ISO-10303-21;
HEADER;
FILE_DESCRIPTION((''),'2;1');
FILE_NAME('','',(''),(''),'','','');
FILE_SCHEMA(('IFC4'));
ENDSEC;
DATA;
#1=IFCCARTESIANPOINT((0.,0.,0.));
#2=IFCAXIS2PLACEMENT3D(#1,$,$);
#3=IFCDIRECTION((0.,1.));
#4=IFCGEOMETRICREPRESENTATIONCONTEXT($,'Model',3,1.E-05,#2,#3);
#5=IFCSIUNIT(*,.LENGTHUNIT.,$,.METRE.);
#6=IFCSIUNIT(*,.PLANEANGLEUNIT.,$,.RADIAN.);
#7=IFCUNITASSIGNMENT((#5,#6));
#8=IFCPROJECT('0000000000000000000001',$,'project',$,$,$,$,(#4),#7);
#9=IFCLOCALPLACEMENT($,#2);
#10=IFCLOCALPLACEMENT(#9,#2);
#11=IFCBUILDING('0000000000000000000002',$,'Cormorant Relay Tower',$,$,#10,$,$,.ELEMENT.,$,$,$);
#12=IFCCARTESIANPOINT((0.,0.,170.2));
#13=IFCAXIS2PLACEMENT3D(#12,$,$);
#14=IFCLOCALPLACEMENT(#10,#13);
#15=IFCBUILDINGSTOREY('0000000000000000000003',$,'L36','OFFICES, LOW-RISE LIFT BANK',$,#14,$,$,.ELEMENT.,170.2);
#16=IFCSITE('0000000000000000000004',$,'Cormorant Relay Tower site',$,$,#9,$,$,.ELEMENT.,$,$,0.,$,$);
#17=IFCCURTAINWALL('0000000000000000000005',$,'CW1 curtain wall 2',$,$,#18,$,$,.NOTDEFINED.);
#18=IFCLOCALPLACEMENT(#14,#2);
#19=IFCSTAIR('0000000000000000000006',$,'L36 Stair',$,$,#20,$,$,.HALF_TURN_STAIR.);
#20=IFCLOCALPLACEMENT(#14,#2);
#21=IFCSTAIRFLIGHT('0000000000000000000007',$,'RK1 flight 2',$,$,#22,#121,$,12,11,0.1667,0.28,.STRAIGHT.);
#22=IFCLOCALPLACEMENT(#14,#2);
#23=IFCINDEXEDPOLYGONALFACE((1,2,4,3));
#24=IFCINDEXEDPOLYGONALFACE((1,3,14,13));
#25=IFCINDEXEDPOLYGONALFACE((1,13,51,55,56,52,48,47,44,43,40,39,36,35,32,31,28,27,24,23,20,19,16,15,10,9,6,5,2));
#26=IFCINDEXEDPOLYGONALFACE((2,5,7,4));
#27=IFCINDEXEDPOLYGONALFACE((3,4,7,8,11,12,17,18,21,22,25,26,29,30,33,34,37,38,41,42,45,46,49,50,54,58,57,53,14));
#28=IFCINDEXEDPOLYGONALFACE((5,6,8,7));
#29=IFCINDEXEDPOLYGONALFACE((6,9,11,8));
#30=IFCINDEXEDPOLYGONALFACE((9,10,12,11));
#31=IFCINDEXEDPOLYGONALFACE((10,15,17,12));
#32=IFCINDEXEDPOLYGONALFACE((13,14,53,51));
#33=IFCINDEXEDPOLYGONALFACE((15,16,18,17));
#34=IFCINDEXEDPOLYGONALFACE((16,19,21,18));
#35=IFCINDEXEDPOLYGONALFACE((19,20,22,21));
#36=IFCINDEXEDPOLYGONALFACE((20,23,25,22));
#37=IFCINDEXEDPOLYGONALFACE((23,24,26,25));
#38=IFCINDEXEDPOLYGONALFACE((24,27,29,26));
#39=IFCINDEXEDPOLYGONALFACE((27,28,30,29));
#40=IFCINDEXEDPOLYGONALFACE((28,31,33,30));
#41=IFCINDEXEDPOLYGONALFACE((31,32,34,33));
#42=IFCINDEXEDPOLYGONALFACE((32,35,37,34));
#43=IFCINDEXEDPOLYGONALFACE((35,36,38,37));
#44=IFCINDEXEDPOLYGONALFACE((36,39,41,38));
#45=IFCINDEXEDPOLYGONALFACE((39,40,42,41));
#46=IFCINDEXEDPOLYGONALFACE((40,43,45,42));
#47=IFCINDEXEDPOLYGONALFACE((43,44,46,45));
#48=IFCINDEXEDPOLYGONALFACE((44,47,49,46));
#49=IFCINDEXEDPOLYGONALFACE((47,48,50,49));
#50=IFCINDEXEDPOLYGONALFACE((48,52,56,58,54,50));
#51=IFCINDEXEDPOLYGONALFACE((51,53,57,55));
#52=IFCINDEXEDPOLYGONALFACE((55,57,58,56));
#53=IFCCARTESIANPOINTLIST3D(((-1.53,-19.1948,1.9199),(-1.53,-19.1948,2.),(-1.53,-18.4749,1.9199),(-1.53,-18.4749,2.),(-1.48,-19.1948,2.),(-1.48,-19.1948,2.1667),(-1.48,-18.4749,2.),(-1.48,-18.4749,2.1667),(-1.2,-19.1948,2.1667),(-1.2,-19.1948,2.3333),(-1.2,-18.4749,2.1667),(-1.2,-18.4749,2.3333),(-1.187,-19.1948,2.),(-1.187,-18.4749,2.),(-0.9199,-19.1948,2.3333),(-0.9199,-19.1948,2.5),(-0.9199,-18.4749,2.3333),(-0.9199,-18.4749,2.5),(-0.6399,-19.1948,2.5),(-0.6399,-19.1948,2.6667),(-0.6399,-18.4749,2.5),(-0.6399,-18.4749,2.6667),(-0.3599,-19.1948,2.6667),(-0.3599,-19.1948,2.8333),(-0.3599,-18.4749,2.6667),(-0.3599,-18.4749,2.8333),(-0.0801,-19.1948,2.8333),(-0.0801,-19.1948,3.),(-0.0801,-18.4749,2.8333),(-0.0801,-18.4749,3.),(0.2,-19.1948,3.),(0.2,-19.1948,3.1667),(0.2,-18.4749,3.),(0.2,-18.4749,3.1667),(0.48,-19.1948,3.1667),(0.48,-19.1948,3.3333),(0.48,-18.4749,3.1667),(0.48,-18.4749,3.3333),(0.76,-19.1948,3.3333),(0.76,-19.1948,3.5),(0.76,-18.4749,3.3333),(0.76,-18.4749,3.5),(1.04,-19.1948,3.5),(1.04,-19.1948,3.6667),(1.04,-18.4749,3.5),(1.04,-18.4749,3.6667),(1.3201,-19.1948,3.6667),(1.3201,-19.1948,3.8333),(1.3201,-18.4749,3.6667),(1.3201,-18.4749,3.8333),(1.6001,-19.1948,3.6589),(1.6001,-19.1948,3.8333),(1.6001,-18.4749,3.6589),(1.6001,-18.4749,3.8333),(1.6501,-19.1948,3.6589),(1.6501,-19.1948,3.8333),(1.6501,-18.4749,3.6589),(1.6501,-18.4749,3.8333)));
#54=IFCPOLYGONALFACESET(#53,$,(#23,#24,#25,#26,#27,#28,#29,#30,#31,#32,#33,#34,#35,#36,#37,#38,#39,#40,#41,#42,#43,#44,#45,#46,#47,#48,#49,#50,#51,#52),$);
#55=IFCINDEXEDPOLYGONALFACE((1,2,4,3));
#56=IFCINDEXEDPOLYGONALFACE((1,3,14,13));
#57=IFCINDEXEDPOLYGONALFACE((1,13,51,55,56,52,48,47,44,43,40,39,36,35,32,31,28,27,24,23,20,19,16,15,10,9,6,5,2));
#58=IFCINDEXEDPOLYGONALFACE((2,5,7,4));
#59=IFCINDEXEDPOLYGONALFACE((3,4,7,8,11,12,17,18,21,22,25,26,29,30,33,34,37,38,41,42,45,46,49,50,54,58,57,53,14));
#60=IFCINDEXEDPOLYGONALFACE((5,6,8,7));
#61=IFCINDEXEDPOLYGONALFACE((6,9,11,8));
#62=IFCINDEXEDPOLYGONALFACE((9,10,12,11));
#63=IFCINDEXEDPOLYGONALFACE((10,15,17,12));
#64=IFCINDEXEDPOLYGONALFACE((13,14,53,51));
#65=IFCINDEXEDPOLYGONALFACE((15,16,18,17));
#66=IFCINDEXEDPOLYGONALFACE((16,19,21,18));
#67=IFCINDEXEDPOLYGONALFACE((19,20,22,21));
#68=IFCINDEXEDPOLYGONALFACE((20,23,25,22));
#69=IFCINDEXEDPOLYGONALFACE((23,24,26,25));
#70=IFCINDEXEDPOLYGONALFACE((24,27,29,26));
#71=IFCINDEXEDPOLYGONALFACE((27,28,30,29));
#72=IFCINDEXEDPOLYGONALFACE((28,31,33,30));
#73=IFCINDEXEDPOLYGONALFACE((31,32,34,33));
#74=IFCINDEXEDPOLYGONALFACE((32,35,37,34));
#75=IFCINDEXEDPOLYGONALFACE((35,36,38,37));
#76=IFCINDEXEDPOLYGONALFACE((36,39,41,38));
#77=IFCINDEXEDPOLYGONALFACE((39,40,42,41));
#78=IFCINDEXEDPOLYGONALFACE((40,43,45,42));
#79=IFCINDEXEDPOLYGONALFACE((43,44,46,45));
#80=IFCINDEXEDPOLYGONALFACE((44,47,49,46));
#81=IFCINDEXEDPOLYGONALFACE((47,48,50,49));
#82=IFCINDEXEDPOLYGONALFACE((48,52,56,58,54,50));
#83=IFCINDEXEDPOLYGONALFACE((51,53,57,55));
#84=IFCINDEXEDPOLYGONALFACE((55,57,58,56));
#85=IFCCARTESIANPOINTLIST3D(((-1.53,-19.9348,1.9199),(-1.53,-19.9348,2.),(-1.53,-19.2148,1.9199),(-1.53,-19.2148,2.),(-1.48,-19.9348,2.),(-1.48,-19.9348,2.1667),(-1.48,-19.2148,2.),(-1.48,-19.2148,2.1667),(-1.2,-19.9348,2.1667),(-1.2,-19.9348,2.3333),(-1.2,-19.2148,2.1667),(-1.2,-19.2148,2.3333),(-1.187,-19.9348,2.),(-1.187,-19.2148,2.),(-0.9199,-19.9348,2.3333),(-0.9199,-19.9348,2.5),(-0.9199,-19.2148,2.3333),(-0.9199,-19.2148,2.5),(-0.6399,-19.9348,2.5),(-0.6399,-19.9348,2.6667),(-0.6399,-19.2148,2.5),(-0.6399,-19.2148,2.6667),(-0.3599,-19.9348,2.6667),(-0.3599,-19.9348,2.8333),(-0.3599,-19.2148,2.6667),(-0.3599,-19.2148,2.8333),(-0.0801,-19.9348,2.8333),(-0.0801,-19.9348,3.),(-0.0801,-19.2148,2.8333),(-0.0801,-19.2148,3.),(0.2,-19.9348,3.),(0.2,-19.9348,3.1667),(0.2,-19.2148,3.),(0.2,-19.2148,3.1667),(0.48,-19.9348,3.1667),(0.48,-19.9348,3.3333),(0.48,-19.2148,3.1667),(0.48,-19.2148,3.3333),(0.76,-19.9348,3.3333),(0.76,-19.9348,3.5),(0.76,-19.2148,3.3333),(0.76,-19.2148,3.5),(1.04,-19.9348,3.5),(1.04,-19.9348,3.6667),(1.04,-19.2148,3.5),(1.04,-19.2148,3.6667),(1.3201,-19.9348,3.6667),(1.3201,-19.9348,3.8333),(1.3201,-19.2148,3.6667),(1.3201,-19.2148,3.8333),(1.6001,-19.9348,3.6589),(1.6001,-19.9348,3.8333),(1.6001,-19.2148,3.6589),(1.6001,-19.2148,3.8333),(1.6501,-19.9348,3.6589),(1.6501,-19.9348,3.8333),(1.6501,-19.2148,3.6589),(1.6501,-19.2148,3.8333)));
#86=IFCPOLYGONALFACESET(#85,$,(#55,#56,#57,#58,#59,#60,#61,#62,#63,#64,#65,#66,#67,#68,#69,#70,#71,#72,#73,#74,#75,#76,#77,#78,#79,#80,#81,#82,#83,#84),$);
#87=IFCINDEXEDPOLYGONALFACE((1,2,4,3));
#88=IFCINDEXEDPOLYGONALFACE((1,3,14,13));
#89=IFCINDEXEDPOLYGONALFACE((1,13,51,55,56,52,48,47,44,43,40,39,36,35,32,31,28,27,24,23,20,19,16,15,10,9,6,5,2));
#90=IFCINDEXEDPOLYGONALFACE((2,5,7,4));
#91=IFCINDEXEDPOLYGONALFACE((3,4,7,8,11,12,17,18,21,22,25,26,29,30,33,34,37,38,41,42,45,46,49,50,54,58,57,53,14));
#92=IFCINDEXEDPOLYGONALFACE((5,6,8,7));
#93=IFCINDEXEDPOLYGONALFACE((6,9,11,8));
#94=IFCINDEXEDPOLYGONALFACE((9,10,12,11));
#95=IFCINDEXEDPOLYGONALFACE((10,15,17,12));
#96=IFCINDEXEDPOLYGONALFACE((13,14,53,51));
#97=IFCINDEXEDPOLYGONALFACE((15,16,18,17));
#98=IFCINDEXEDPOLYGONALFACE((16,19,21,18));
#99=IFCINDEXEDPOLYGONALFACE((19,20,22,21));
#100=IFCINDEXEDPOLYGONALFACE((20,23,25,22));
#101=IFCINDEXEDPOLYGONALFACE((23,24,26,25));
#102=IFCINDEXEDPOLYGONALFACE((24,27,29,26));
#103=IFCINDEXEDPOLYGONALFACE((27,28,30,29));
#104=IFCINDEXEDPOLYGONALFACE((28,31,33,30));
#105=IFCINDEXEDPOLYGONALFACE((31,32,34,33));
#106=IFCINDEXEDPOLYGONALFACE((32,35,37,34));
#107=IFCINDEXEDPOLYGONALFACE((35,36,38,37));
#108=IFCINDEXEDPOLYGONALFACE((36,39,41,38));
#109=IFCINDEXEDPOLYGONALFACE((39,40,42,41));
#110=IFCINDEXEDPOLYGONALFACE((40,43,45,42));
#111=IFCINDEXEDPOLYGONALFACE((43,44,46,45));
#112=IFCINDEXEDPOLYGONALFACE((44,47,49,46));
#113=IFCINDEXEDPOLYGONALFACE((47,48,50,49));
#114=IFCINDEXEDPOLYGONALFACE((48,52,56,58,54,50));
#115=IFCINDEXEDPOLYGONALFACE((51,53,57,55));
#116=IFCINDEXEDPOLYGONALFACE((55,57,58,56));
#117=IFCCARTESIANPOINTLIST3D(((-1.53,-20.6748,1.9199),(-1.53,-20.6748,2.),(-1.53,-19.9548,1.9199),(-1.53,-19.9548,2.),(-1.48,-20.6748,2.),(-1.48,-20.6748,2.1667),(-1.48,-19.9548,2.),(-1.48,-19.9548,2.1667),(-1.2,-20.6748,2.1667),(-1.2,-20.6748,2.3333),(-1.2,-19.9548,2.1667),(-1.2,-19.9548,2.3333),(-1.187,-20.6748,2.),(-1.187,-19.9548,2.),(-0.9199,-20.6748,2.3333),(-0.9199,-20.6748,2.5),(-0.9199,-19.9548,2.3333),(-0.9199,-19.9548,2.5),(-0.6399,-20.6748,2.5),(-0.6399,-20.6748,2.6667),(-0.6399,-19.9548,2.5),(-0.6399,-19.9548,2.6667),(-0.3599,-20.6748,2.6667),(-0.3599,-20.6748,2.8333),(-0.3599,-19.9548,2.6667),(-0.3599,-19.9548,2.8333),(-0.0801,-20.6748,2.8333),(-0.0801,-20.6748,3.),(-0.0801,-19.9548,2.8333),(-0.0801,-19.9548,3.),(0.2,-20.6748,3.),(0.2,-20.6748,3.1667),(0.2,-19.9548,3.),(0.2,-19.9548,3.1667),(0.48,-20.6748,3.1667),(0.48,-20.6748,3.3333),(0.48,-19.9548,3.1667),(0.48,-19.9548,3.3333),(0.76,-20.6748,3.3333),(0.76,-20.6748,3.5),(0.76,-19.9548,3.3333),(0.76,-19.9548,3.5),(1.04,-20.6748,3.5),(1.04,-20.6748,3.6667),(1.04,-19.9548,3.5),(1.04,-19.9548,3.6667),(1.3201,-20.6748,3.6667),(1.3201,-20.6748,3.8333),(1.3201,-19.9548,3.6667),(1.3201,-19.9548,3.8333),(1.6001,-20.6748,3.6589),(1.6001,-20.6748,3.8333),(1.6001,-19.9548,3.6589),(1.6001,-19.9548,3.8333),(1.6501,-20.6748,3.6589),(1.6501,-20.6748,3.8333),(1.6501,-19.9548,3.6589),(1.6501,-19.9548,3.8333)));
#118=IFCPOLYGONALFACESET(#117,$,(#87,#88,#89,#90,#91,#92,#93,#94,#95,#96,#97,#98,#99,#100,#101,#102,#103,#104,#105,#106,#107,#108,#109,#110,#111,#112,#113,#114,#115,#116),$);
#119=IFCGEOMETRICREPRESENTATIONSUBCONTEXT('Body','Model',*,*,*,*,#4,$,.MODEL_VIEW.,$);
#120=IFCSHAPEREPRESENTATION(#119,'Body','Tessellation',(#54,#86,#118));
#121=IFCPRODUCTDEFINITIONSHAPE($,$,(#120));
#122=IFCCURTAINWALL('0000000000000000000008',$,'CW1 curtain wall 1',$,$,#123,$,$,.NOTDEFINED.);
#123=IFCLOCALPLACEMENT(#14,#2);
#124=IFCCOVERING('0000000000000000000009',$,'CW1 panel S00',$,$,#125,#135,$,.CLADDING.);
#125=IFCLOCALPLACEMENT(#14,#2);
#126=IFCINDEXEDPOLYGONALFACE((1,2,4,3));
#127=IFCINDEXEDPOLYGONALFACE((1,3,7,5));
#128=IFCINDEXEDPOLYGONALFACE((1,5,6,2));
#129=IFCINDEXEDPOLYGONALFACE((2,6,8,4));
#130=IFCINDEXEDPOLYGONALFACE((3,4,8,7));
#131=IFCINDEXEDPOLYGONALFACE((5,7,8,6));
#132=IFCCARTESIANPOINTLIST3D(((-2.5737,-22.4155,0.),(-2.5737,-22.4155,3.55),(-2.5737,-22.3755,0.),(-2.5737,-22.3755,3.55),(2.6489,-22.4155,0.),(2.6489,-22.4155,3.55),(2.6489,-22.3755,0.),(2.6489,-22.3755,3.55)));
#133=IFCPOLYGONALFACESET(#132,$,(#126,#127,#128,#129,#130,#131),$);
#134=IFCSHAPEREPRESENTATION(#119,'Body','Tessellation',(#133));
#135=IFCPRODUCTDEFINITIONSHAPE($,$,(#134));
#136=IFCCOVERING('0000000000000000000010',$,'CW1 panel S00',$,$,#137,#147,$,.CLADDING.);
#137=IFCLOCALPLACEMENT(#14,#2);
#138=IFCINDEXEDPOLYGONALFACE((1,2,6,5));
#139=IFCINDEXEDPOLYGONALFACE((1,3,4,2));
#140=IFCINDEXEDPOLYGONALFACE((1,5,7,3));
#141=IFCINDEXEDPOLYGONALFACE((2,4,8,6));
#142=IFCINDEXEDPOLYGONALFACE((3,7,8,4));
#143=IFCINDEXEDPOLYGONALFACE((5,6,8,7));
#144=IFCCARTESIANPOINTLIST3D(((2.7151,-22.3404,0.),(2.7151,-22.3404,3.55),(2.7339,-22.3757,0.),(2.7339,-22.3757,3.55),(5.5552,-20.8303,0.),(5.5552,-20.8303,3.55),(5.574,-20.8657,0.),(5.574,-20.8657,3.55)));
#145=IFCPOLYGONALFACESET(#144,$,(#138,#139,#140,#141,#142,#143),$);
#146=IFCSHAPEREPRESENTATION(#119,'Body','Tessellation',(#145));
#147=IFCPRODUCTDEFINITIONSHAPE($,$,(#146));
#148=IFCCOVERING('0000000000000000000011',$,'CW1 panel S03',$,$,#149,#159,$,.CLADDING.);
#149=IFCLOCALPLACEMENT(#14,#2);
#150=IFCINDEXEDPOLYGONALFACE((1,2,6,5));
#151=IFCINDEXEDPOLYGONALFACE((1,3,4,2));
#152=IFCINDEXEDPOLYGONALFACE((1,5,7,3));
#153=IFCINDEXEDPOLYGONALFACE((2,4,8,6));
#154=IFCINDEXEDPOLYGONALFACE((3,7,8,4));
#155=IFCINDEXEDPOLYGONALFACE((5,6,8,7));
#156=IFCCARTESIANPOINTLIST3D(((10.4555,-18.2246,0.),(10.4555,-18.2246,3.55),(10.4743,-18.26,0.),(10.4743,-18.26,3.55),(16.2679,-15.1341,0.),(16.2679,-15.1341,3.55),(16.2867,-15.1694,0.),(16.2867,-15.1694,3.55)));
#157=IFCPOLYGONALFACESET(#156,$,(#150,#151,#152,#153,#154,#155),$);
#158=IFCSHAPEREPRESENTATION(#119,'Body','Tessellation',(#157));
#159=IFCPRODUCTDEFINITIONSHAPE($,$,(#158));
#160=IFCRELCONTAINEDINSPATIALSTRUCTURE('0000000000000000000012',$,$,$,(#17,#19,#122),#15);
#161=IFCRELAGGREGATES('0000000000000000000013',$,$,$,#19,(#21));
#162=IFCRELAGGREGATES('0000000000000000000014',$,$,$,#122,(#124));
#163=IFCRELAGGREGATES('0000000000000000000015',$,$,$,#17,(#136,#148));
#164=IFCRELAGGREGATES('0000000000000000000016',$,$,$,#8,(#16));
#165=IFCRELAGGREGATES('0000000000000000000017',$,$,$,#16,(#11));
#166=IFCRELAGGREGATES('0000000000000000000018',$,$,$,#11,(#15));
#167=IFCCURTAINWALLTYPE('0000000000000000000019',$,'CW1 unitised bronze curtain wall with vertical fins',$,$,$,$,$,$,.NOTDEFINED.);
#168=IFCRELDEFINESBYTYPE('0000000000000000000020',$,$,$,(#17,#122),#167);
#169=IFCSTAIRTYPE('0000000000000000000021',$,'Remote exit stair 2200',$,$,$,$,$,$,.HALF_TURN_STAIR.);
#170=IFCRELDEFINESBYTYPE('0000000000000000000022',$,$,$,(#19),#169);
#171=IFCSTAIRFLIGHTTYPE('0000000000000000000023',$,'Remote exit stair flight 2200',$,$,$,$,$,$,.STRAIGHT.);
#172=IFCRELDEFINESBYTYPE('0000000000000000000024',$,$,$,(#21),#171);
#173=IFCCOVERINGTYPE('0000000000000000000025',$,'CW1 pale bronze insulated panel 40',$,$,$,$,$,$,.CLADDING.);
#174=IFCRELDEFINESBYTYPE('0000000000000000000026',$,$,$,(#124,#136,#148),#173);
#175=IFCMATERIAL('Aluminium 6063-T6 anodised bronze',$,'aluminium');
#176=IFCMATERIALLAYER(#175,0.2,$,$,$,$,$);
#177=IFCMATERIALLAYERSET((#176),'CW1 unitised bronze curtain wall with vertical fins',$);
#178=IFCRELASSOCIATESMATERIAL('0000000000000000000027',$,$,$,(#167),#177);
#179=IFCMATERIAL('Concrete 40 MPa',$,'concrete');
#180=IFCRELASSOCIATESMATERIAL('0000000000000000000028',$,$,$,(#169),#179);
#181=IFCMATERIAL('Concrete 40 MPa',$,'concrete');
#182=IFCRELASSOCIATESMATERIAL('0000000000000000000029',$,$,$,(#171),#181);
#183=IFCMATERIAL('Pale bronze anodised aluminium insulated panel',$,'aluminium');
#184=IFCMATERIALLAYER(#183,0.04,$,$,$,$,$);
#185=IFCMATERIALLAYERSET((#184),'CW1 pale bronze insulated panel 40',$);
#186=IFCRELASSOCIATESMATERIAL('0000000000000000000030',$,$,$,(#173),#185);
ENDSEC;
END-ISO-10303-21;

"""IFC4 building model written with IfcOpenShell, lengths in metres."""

from ifc_helpers import new_model, si_unit, direction, frame, origin, origin_2d, place, context, subcontext, project, spatial, polyline, rectangle, outline, extrude, material, layer, layer_set, type_object, element, aggregate, save


model = new_model("IFC4")

# Units and contexts
model_context = context("Model", 3, precision=1e-05, world=origin(), true_north=direction((0.0, 1.0)))
body_context = subcontext(model_context, "Body", "Model", "MODEL_VIEW")
ifc_project = project(units=[si_unit("LENGTHUNIT", "METRE"), si_unit("PLANEANGLEUNIT", "RADIAN")], contexts=[model_context])

# Site, building, storey
site_placement = place(None, origin())
site = spatial("IfcSite", under=ifc_project, at=site_placement, Name="Cormorant Relay Tower site", CompositionType="ELEMENT", RefElevation=0.0)
building_placement = place(site_placement, origin())
building = spatial("IfcBuilding", under=site, at=building_placement, Name="Cormorant Relay Tower", CompositionType="ELEMENT")
storey_placement = place(building_placement, frame((0.0, 0.0, 170.2)))
storey = spatial("IfcBuildingStorey", under=building, at=storey_placement, Name="L36", Description="OFFICES, LOW-RISE LIFT BANK", CompositionType="ELEMENT", Elevation=170.2)

# Curtain wall
ifc_material_1 = material(Name="Aluminium 6063-T6 anodised bronze", Category="aluminium")
ifc_layer_1 = layer(ifc_material_1, 0.2)
ifc_layer_set_1 = layer_set([ifc_layer_1], Name="CW1 unitised bronze curtain wall with vertical fins")
curtain_wall_type = type_object("IfcCurtainWallType", Name="CW1 unitised bronze curtain wall with vertical fins", PredefinedType="NOTDEFINED", material=ifc_layer_set_1)
curtain_wall_1_placement = place(storey_placement, origin())
curtain_wall_1 = element("IfcCurtainWall", 1, at=curtain_wall_1_placement, inside=storey, type_object=curtain_wall_type, Name="CW1 curtain wall 2", PredefinedType="NOTDEFINED")

# Stair, stair flight
ifc_material_2 = material(Name="Concrete 40 MPa", Category="concrete")
stair_type = type_object("IfcStairType", Name="Remote exit stair 2200", PredefinedType="HALF_TURN_STAIR", material=ifc_material_2)
stair_placement = place(storey_placement, origin())
stair = element("IfcStair", 2, at=stair_placement, inside=storey, type_object=stair_type, Name="L36 Stair", PredefinedType="HALF_TURN_STAIR")
ifc_material_3 = material(Name="Concrete 40 MPa", Category="concrete")
stair_flight_type = type_object("IfcStairFlightType", Name="Remote exit stair flight 2200", PredefinedType="STRAIGHT", material=ifc_material_3)
stair_flight_1_placement = place(storey_placement, frame((-1.48, -19.575, 2.0), z_axis=(0.0, 0.0, 1.0), x_axis=(1.0, 0.0, 0.0)))
stair_flight_1 = element("IfcStairFlight", 3, at=stair_flight_1_placement, type_object=stair_flight_type, Name="RK1 flight 2", NumberOfRisers=12, NumberOfTreads=11, PredefinedType="STRAIGHT", RiserHeight=0.1667, TreadLength=0.28, context=body_context, shape_type="SweptSolid", body=[
    extrude(outline(polyline([(-0.05, -0.0801), (-0.05, 0.0), (0.0, 0.0), (0.0, 0.1667), (0.28, 0.1667), (0.28, 0.3333), (0.5601, 0.3333), (0.5601, 0.5), (0.8401, 0.5), (0.8401, 0.6667), (1.1201, 0.6667), (1.1201, 0.8333), (1.3999, 0.8333), (1.3999, 1.0), (1.6799, 1.0), (1.6799, 1.1667), (1.96, 1.1667), (1.96, 1.3333), (2.24, 1.3333), (2.24, 1.5), (2.52, 1.5), (2.52, 1.6667), (2.8, 1.6667), (2.8, 1.8333), (3.0801, 1.8333), (3.1301, 1.8333), (3.1301, 1.6589), (3.0801, 1.6589), (0.293, 0.0), (-0.05, -0.0801)])), frame((0.0, 1.1001, 0.0), z_axis=(0.0, -1.0, 0.0), x_axis=(1.0, 0.0, 0.0)), (0.0, 0.0, 1.0), 0.72),
    extrude(outline(polyline([(-0.05, -0.0801), (-0.05, 0.0), (0.0, 0.0), (0.0, 0.1667), (0.28, 0.1667), (0.28, 0.3333), (0.5601, 0.3333), (0.5601, 0.5), (0.8401, 0.5), (0.8401, 0.6667), (1.1201, 0.6667), (1.1201, 0.8333), (1.3999, 0.8333), (1.3999, 1.0), (1.6799, 1.0), (1.6799, 1.1667), (1.96, 1.1667), (1.96, 1.3333), (2.24, 1.3333), (2.24, 1.5), (2.52, 1.5), (2.52, 1.6667), (2.8, 1.6667), (2.8, 1.8333), (3.0801, 1.8333), (3.1301, 1.8333), (3.1301, 1.6589), (3.0801, 1.6589), (0.293, 0.0), (-0.05, -0.0801)])), frame((0.0, 0.3601, 0.0), z_axis=(0.0, -1.0, 0.0), x_axis=(1.0, 0.0, 0.0)), (0.0, 0.0, 1.0), 0.72),
    extrude(outline(polyline([(-0.05, -0.0801), (-0.05, 0.0), (0.0, 0.0), (0.0, 0.1667), (0.28, 0.1667), (0.28, 0.3333), (0.5601, 0.3333), (0.5601, 0.5), (0.8401, 0.5), (0.8401, 0.6667), (1.1201, 0.6667), (1.1201, 0.8333), (1.3999, 0.8333), (1.3999, 1.0), (1.6799, 1.0), (1.6799, 1.1667), (1.96, 1.1667), (1.96, 1.3333), (2.24, 1.3333), (2.24, 1.5), (2.52, 1.5), (2.52, 1.6667), (2.8, 1.6667), (2.8, 1.8333), (3.0801, 1.8333), (3.1301, 1.8333), (3.1301, 1.6589), (3.0801, 1.6589), (0.293, 0.0), (-0.05, -0.0801)])), frame((0.0, -0.3799, 0.0), z_axis=(0.0, -1.0, 0.0), x_axis=(1.0, 0.0, 0.0)), (0.0, 0.0, 1.0), 0.72),
])
aggregate(stair, [stair_flight_1])

# Curtain wall, covering
curtain_wall_2_placement = place(storey_placement, origin())
curtain_wall_2 = element("IfcCurtainWall", 4, at=curtain_wall_2_placement, inside=storey, type_object=curtain_wall_type, Name="CW1 curtain wall 1", PredefinedType="NOTDEFINED")
ifc_material_4 = material(Name="Pale bronze anodised aluminium insulated panel", Category="aluminium")
ifc_layer_2 = layer(ifc_material_4, 0.04)
ifc_layer_set_2 = layer_set([ifc_layer_2], Name="CW1 pale bronze insulated panel 40")
covering_type = type_object("IfcCoveringType", Name="CW1 pale bronze insulated panel 40", PredefinedType="CLADDING", material=ifc_layer_set_2)
covering_1_placement = place(storey_placement, frame((0.0376, -22.3955, 0.0), z_axis=(0.0, 0.0, 1.0), x_axis=(1.0, 0.0, 0.0)))
covering_1 = element("IfcCovering", 5, at=covering_1_placement, type_object=covering_type, Name="CW1 panel S00", PredefinedType="CLADDING", context=body_context, shape_type="SweptSolid", body=[
    extrude(rectangle(XDim=5.2227, YDim=0.04, at=origin_2d()), origin(), (0.0, 0.0, 1.0), 3.55),
])
aggregate(curtain_wall_2, [covering_1])

# Coverings
covering_2_placement = place(storey_placement, frame((4.1445, -21.603, 0.0), z_axis=(0.0, 0.0, 1.0), x_axis=(0.882948, 0.469472, 0.0)))
covering_2 = element("IfcCovering", 6, at=covering_2_placement, type_object=covering_type, Name="CW1 panel S00", PredefinedType="CLADDING", context=body_context, shape_type="SweptSolid", body=[
    extrude(rectangle(XDim=3.2166, YDim=0.04, at=origin_2d()), origin(), (0.0, 0.0, 1.0), 3.55),
])
covering_3_placement = place(storey_placement, frame((13.3711, -16.697, 0.0), z_axis=(0.0, 0.0, 1.0), x_axis=(0.882948, 0.469472, 0.0)))
covering_3 = element("IfcCovering", 7, at=covering_3_placement, type_object=covering_type, Name="CW1 panel S03", PredefinedType="CLADDING", context=body_context, shape_type="SweptSolid", body=[
    extrude(rectangle(XDim=6.583, YDim=0.04, at=origin_2d()), origin(), (0.0, 0.0, 1.0), 3.55),
])
aggregate(curtain_wall_1, [covering_2, covering_3])

save(model, "model.ifc")
